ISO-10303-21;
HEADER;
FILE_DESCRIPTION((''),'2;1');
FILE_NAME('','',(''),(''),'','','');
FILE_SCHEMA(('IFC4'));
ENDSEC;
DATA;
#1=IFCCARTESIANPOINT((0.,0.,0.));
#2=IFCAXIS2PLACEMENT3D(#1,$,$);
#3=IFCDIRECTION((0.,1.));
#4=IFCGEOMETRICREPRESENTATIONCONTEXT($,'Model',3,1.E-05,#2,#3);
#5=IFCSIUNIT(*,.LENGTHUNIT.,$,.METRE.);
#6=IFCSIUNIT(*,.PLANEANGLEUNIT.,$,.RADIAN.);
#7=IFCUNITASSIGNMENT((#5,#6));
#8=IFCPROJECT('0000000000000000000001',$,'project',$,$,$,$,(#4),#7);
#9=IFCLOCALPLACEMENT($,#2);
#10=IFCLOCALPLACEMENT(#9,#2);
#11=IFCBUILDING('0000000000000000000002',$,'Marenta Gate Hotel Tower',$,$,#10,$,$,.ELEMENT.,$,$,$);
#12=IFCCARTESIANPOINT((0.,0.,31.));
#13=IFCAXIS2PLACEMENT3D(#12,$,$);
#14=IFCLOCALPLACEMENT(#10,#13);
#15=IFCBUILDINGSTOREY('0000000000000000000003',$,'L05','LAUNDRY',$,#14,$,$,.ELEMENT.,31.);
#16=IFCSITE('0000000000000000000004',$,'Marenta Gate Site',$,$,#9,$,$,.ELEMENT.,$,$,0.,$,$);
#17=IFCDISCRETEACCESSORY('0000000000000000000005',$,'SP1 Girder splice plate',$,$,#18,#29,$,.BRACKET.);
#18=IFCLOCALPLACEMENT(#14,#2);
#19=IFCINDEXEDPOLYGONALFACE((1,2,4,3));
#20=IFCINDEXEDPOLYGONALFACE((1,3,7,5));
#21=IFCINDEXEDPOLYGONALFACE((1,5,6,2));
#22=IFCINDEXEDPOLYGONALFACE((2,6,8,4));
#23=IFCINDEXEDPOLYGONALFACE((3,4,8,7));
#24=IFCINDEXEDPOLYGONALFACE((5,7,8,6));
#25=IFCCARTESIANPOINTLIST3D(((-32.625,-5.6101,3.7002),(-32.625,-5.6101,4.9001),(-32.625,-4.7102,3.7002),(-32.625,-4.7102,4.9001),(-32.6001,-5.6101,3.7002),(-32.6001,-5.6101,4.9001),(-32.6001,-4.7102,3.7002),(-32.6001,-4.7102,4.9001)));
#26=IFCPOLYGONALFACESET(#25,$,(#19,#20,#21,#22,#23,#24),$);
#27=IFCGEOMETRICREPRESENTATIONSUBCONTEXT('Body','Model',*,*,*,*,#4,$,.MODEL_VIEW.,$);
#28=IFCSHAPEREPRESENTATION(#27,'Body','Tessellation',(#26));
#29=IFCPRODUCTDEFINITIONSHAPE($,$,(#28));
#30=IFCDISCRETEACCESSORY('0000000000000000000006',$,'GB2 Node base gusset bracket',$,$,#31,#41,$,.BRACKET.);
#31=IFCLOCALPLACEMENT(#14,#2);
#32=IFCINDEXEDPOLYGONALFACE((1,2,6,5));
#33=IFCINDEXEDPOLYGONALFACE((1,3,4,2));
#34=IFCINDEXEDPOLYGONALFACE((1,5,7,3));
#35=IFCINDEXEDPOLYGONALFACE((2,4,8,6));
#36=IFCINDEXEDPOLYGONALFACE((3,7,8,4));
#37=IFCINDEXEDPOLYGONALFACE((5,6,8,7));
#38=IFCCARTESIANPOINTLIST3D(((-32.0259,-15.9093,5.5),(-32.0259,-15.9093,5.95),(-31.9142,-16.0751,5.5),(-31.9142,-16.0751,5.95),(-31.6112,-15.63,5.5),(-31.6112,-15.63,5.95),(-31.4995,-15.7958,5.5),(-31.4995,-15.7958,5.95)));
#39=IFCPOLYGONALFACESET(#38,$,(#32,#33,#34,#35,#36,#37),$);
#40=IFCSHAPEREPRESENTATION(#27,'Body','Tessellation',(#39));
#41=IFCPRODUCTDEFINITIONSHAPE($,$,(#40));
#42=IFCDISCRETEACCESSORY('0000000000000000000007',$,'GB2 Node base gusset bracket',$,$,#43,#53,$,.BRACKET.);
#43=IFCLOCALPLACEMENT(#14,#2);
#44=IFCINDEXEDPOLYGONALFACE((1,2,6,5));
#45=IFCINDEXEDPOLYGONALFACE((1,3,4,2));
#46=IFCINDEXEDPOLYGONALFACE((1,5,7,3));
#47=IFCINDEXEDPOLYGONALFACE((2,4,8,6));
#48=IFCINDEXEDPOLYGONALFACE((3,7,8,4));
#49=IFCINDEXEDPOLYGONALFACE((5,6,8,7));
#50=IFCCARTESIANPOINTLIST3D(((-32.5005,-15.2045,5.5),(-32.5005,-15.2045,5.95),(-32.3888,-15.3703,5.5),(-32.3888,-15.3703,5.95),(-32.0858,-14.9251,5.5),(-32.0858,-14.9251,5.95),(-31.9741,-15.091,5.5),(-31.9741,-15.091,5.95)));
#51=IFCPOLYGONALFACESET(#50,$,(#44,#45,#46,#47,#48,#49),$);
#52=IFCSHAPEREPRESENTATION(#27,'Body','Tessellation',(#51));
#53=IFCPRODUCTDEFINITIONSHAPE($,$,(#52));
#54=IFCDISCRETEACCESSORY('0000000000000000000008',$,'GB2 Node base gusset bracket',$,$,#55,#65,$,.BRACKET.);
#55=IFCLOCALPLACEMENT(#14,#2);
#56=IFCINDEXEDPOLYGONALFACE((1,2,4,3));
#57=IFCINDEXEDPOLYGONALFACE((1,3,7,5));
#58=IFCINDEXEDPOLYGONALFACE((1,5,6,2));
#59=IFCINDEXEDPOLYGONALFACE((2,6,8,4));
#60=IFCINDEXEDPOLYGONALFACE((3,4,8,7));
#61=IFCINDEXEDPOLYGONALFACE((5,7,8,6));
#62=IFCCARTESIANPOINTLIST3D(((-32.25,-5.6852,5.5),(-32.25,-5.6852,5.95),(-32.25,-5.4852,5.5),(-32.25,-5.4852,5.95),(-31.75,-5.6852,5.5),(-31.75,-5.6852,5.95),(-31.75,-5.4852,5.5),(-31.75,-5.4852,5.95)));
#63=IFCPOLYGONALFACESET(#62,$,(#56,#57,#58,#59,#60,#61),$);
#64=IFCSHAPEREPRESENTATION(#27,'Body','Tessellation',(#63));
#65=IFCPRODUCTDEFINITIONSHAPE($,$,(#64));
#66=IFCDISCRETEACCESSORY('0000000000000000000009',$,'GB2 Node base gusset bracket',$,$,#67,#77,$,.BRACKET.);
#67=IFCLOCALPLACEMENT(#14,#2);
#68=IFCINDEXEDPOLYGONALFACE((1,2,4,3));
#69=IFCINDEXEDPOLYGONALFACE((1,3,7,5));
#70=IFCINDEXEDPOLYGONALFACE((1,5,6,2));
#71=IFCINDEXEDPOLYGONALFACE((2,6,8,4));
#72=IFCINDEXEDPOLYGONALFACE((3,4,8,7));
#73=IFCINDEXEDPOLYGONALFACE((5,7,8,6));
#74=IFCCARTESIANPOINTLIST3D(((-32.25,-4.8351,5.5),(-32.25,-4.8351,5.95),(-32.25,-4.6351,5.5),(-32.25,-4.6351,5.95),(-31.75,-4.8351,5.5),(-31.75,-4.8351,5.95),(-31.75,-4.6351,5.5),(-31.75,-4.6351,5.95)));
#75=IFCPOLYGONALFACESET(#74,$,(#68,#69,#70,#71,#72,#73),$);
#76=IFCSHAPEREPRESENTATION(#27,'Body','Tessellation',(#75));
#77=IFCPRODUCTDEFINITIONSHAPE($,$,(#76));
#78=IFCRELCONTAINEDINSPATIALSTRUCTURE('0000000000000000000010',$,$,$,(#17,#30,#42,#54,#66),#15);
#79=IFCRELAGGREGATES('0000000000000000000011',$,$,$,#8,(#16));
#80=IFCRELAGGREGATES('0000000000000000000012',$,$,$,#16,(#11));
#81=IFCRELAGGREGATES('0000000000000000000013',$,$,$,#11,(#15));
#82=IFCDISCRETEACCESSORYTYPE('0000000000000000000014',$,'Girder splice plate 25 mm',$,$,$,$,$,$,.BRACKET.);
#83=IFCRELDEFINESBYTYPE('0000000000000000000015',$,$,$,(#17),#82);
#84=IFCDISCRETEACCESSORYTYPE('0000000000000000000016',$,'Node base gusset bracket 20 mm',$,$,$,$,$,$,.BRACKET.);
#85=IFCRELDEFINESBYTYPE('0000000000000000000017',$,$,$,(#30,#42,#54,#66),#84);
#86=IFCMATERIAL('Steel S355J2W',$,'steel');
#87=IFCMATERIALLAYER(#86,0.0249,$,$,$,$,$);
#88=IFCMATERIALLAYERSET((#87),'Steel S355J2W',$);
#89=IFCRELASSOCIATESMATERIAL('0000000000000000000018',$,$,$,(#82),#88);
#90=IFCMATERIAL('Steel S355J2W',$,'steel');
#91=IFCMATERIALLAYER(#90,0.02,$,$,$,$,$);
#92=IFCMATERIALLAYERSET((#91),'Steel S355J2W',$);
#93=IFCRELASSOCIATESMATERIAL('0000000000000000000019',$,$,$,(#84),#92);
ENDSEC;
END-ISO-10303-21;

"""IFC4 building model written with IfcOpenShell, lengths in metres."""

from ifc_helpers import new_model, si_unit, direction, frame, origin, origin_2d, place, context, subcontext, project, spatial, rectangle, extrude, material, layer, layer_set, type_object, element, save


model = new_model("IFC4")

# Units and contexts
model_context = context("Model", 3, precision=1e-05, world=origin(), true_north=direction((0.0, 1.0)))
body_context = subcontext(model_context, "Body", "Model", "MODEL_VIEW")
ifc_project = project(units=[si_unit("LENGTHUNIT", "METRE"), si_unit("PLANEANGLEUNIT", "RADIAN")], contexts=[model_context])

# Site, building, storey
site_placement = place(None, origin())
site = spatial("IfcSite", under=ifc_project, at=site_placement, Name="Marenta Gate Site", CompositionType="ELEMENT", RefElevation=0.0)
building_placement = place(site_placement, origin())
building = spatial("IfcBuilding", under=site, at=building_placement, Name="Marenta Gate Hotel Tower", CompositionType="ELEMENT")
storey_placement = place(building_placement, frame((0.0, 0.0, 31.0)))
storey = spatial("IfcBuildingStorey", under=building, at=storey_placement, Name="L05", Description="LAUNDRY", CompositionType="ELEMENT", Elevation=31.0)

# Discrete accessories
ifc_material_1 = material(Name="Steel S355J2W", Category="steel")
ifc_layer_1 = layer(ifc_material_1, 0.0249)
ifc_layer_set_1 = layer_set([ifc_layer_1], Name="Steel S355J2W")
discrete_accessory_type_1 = type_object("IfcDiscreteAccessoryType", Name="Girder splice plate 25 mm", PredefinedType="BRACKET", material=ifc_layer_set_1)
for number, where, z_axis, x_axis, name in (
    (1, (-32.6125, -5.1602, 3.7002), (0.0, 0.0, 1.0), (0.0, 1.0, 0.0), "SP1 Girder splice plate"),
):
    element("IfcDiscreteAccessory", number, at=place(storey_placement, frame(where, z_axis=z_axis, x_axis=x_axis)), inside=storey, type_object=discrete_accessory_type_1, Name=name, PredefinedType="BRACKET", context=body_context, shape_type="SweptSolid", body=[
        extrude(rectangle(XDim=0.8999, YDim=0.0249, at=origin_2d()), origin(), (0.0, 0.0, 1.0), 1.2),
    ])
ifc_material_2 = material(Name="Steel S355J2W", Category="steel")
ifc_layer_2 = layer(ifc_material_2, 0.02)
ifc_layer_set_2 = layer_set([ifc_layer_2], Name="Steel S355J2W")
discrete_accessory_type_2 = type_object("IfcDiscreteAccessoryType", Name="Node base gusset bracket 20 mm", PredefinedType="BRACKET", material=ifc_layer_set_2)
for number, where, z_axis, x_axis, name in (
    (2, (-31.7627, -15.8525, 5.5), (0.0, 0.0, 1.0), (-0.55867, 0.82939, 0.0), "GB2 Node base gusset bracket"),
    (3, (-32.2373, -15.1477, 5.5), (0.0, 0.0, 1.0), (-0.55867, 0.82939, 0.0), "GB2 Node base gusset bracket"),
    (4, (-32.0, -5.5852, 5.5), (0.0, 0.0, 1.0), (0.0, 1.0, 0.0), "GB2 Node base gusset bracket"),
    (5, (-32.0, -4.7351, 5.5), (0.0, 0.0, 1.0), (0.0, 1.0, 0.0), "GB2 Node base gusset bracket"),
):
    element("IfcDiscreteAccessory", number, at=place(storey_placement, frame(where, z_axis=z_axis, x_axis=x_axis)), inside=storey, type_object=discrete_accessory_type_2, Name=name, PredefinedType="BRACKET", context=body_context, shape_type="SweptSolid", body=[
        extrude(rectangle(XDim=0.2, YDim=0.5, at=origin_2d()), origin(), (0.0, 0.0, 1.0), 0.45),
    ])

save(model, "model.ifc")
